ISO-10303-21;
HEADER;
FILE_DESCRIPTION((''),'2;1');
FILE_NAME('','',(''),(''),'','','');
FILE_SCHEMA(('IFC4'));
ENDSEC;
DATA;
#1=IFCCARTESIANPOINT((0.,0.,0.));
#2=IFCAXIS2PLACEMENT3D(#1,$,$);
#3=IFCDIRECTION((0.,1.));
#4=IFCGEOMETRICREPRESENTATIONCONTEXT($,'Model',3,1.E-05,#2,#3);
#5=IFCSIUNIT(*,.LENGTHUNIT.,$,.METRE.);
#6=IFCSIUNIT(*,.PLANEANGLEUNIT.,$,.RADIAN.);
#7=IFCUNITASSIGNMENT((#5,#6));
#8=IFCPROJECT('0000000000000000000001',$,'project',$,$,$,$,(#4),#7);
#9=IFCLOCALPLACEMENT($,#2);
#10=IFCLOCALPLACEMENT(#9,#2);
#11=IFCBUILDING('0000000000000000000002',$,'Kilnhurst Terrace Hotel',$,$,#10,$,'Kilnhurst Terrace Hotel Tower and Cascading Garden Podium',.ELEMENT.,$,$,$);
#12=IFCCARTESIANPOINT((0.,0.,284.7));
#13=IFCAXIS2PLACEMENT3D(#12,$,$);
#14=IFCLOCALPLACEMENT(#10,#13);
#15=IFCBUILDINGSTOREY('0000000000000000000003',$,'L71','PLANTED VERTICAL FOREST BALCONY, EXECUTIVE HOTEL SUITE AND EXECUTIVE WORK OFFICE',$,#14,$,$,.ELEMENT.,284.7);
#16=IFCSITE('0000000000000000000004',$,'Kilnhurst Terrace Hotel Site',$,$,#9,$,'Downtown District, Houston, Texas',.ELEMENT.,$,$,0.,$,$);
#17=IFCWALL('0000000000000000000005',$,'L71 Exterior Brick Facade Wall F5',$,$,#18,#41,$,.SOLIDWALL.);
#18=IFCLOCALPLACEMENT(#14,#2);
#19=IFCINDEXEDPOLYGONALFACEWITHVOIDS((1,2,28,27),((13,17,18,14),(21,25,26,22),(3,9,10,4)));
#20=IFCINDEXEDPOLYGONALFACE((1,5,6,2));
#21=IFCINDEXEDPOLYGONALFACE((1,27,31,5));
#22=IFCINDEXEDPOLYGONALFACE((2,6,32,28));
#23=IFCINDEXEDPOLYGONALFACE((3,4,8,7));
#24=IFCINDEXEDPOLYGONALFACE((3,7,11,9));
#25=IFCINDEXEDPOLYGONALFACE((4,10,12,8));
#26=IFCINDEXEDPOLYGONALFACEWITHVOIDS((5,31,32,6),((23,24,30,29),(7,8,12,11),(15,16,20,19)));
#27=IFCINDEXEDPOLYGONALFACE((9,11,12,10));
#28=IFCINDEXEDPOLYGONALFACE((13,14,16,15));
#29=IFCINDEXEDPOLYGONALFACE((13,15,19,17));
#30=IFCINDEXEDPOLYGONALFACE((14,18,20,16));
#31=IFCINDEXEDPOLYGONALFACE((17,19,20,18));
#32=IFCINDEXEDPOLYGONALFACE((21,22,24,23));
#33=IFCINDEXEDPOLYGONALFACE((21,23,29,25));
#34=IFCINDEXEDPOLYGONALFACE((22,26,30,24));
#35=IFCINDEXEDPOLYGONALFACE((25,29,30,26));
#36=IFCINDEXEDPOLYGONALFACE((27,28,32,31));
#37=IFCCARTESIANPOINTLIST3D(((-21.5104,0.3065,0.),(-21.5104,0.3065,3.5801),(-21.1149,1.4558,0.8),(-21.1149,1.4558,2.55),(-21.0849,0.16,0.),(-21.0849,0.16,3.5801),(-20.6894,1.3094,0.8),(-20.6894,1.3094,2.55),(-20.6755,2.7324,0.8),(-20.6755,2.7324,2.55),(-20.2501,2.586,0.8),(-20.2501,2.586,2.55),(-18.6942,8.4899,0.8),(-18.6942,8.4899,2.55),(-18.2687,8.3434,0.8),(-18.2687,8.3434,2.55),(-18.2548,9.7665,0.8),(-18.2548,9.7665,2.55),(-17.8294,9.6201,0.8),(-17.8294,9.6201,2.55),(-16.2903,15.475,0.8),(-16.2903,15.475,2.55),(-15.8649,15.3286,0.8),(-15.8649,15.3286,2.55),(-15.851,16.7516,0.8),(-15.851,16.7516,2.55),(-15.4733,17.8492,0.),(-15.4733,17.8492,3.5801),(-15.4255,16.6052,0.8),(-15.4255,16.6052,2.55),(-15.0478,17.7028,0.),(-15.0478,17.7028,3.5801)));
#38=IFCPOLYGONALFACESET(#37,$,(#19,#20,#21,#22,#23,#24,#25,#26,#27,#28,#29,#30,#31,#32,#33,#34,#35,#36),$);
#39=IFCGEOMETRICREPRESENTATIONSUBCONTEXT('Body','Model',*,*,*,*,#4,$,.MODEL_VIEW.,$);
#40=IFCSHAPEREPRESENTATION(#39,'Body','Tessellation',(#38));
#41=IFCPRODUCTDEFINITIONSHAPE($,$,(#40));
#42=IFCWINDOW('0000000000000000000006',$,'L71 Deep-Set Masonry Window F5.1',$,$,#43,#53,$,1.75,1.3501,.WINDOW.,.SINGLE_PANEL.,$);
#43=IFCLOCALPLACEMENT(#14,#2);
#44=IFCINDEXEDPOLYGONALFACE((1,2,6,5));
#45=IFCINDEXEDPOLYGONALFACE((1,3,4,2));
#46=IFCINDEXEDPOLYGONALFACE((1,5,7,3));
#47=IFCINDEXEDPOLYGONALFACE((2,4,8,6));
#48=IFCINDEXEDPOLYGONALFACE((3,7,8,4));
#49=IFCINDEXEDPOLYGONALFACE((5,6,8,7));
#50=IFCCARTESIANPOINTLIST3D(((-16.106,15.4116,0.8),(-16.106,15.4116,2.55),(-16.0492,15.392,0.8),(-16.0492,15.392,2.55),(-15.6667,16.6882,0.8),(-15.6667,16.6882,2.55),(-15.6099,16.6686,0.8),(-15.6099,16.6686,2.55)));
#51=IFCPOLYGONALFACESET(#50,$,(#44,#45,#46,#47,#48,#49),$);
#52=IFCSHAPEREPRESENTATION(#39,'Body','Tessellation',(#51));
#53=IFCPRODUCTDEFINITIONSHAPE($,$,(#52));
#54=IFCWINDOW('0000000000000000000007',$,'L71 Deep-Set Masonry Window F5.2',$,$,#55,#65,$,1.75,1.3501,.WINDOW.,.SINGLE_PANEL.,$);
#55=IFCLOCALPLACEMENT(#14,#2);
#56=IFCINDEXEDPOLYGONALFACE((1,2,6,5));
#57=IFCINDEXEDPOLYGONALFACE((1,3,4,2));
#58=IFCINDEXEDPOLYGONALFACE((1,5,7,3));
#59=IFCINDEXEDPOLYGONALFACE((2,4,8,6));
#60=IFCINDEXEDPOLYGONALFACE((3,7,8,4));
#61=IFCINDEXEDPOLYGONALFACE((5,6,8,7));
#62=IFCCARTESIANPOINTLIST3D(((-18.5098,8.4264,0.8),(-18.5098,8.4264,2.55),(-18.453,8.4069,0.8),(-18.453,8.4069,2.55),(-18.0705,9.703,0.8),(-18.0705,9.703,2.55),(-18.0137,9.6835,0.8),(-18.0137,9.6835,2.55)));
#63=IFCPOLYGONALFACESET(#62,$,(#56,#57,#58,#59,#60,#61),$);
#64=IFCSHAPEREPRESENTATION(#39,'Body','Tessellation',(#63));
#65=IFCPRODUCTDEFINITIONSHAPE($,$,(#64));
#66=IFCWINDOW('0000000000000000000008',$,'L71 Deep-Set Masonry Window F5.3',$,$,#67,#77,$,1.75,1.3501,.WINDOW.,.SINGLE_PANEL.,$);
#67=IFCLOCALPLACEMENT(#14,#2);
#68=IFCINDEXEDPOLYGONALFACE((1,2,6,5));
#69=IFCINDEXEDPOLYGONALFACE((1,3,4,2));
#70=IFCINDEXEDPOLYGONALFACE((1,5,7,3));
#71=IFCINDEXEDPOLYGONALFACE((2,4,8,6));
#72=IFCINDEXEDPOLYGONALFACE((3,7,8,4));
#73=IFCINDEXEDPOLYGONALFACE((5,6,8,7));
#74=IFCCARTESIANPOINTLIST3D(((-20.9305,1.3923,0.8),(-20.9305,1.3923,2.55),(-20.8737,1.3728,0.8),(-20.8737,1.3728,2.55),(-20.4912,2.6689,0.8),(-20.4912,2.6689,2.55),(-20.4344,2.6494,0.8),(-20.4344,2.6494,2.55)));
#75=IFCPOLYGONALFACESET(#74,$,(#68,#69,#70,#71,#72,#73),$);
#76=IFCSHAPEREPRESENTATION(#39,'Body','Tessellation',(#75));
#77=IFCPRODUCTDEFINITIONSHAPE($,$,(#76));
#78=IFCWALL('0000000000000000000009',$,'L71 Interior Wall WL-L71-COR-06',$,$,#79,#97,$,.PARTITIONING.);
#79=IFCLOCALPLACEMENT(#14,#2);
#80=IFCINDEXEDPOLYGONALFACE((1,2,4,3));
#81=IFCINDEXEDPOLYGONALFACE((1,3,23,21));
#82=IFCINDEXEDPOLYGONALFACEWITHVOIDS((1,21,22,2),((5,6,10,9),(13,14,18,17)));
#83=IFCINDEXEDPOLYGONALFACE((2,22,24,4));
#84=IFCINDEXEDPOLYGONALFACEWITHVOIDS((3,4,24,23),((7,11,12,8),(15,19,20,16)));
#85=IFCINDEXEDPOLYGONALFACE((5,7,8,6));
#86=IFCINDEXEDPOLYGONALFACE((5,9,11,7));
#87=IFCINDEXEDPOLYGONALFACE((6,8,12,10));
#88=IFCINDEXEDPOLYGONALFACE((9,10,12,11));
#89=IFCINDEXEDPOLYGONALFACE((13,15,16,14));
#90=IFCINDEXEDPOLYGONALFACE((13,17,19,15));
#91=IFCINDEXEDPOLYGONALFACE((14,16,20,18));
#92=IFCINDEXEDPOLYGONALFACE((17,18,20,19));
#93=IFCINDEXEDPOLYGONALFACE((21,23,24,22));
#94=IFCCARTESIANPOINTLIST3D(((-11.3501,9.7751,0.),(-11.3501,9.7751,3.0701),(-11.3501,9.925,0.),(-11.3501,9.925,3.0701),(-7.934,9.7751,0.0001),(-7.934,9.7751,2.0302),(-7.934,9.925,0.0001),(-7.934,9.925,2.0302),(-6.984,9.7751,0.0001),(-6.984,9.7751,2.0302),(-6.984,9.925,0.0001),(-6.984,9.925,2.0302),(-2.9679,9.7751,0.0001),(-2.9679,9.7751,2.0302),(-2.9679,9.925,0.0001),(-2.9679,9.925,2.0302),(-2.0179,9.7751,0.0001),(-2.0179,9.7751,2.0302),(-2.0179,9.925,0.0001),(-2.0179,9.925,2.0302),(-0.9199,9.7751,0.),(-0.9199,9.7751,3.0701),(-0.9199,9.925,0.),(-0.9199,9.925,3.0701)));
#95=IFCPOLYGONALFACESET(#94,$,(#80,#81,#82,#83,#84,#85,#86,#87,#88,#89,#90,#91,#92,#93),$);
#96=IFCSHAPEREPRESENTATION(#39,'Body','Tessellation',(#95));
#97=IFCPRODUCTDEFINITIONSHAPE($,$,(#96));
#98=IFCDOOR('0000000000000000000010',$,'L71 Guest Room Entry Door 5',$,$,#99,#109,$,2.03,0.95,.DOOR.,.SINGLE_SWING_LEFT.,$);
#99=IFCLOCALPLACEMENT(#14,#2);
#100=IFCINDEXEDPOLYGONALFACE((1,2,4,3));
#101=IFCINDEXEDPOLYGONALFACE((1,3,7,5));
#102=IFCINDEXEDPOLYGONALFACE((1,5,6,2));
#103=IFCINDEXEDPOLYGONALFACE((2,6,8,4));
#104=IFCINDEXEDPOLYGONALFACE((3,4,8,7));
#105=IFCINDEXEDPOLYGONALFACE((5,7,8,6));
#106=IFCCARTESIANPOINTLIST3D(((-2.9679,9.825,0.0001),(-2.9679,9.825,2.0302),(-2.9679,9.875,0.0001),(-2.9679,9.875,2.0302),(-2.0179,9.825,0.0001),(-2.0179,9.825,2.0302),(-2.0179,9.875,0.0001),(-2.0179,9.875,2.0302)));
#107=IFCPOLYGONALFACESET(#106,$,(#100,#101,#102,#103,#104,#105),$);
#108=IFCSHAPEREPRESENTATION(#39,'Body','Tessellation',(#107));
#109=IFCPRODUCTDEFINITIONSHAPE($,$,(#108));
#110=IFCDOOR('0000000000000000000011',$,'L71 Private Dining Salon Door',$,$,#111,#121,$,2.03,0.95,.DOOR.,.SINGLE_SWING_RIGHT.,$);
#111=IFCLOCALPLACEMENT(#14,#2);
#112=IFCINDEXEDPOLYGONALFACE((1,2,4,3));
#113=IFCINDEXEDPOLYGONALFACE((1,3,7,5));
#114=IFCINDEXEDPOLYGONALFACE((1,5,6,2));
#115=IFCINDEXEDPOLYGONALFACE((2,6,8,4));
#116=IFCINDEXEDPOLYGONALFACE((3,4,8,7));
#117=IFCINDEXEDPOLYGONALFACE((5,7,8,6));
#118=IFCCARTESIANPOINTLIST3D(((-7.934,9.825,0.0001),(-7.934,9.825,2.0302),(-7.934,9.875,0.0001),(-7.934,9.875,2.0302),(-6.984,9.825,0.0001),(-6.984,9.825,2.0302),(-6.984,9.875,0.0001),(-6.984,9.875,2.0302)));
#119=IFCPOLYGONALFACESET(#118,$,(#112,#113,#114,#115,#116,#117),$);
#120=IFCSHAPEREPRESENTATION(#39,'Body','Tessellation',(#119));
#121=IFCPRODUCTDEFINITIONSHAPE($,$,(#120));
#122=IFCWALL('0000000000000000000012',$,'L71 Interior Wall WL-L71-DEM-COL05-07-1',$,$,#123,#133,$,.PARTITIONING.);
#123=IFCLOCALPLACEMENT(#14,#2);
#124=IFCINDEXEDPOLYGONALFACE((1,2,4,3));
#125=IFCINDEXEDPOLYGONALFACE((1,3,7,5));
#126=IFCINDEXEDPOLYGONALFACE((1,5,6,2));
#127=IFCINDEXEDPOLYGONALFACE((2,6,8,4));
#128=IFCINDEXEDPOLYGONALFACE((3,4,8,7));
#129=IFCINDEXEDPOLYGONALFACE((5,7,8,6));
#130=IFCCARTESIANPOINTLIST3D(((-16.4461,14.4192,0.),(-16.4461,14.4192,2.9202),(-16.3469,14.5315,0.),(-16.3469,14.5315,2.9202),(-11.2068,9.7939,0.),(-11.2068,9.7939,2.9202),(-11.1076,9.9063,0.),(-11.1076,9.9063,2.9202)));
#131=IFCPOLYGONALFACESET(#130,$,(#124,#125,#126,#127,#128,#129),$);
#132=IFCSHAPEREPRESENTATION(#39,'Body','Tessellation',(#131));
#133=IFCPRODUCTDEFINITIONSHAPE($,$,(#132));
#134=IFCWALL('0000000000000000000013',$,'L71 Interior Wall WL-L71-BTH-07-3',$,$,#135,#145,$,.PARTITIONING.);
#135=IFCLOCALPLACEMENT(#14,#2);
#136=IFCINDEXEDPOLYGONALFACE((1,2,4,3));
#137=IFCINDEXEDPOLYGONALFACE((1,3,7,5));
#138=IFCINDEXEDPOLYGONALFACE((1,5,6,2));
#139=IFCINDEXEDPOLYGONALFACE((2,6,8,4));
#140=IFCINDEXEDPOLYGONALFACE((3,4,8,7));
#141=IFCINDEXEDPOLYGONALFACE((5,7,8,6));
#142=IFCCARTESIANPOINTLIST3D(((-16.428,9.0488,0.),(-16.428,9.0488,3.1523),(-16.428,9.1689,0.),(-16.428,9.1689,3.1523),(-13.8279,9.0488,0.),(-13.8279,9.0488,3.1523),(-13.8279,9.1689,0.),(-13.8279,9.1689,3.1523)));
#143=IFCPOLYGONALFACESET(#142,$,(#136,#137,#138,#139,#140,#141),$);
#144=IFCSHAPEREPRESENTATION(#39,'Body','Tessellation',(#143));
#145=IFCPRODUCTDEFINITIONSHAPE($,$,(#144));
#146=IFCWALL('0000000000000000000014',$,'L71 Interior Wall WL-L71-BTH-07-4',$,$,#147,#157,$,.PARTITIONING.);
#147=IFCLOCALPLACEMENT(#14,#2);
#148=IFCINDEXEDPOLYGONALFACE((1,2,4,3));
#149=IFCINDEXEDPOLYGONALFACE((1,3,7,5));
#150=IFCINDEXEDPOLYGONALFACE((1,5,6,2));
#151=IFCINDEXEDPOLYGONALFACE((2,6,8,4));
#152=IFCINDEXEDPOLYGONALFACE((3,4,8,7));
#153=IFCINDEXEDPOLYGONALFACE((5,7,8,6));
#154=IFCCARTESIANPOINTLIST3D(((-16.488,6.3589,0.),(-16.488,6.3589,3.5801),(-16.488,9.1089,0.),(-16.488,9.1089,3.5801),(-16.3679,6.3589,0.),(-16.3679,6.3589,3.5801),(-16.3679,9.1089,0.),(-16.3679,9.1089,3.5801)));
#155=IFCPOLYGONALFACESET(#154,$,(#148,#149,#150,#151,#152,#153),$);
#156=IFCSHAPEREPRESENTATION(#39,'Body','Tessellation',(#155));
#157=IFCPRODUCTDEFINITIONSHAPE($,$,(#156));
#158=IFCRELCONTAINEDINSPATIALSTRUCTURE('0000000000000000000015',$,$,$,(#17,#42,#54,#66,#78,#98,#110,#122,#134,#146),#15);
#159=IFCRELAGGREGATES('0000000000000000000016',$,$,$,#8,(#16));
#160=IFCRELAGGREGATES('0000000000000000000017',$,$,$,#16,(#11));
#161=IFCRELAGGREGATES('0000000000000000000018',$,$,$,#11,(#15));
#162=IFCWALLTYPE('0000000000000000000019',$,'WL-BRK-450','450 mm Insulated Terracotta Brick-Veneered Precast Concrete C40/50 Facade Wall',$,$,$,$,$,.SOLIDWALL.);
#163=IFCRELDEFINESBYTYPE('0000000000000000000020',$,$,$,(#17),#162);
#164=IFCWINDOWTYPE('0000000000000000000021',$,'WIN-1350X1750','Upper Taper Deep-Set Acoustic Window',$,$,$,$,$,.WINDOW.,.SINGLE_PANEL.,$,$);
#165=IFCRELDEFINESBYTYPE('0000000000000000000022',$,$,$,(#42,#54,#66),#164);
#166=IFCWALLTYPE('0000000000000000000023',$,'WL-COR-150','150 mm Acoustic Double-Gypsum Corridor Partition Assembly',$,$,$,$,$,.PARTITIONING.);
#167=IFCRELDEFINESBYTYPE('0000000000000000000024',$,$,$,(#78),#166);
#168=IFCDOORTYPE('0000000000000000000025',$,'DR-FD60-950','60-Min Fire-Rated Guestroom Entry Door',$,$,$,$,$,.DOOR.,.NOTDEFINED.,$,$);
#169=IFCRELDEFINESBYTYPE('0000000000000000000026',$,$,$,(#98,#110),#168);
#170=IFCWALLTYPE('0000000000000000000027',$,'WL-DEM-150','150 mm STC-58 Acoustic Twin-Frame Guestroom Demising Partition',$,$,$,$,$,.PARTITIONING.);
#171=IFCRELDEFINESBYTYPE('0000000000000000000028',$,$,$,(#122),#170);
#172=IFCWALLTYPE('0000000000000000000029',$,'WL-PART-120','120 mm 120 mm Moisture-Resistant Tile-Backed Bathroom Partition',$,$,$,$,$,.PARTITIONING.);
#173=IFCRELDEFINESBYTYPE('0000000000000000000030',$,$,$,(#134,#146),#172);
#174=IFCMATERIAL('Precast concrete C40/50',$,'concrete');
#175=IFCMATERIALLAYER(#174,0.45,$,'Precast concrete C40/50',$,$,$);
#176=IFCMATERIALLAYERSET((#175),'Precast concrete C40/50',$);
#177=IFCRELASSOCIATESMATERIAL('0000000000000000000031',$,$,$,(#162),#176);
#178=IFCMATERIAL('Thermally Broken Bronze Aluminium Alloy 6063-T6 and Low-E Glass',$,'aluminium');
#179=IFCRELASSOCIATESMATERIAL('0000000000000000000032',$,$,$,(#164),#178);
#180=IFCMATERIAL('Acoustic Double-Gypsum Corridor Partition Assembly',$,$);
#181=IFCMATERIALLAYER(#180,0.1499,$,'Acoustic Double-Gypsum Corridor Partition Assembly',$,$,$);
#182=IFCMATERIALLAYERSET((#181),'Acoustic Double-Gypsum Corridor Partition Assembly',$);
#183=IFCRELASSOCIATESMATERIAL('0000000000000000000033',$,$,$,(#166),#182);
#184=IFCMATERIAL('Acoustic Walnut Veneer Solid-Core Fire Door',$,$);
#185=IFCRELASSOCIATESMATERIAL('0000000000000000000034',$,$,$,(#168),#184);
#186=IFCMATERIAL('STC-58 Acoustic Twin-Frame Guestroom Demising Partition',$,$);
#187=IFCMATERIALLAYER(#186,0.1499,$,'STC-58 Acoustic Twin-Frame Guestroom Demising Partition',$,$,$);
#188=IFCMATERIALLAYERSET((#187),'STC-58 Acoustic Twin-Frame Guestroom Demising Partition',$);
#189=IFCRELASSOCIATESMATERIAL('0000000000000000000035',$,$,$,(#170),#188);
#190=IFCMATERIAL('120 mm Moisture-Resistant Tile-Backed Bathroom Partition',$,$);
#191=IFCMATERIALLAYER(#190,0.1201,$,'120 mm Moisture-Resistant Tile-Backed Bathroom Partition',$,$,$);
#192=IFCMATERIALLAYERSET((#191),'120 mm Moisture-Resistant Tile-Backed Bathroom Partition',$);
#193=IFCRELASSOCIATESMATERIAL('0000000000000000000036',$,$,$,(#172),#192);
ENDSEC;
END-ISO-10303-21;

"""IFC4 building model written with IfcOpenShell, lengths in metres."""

from ifc_helpers import new_model, si_unit, direction, frame, frame_2d, origin, place, context, subcontext, project, spatial, rectangle, extrude, material, layer, layer_set, type_object, element, fill, save


model = new_model("IFC4")

# Units and contexts
model_context = context("Model", 3, precision=1e-05, world=origin(), true_north=direction((0.0, 1.0)))
body_context = subcontext(model_context, "Body", "Model", "MODEL_VIEW")
ifc_project = project(units=[si_unit("LENGTHUNIT", "METRE"), si_unit("PLANEANGLEUNIT", "RADIAN")], contexts=[model_context])

# Site, building, storey
site_placement = place(None, origin())
site = spatial("IfcSite", under=ifc_project, at=site_placement, Name="Kilnhurst Terrace Hotel Site", LongName="Downtown District, Houston, Texas", CompositionType="ELEMENT", RefElevation=0.0)
building_placement = place(site_placement, origin())
building = spatial("IfcBuilding", under=site, at=building_placement, Name="Kilnhurst Terrace Hotel", LongName="Kilnhurst Terrace Hotel Tower and Cascading Garden Podium", CompositionType="ELEMENT")
storey_placement = place(building_placement, frame((0.0, 0.0, 284.7)))
storey = spatial("IfcBuildingStorey", under=building, at=storey_placement, Name="L71", Description="PLANTED VERTICAL FOREST BALCONY, EXECUTIVE HOTEL SUITE AND EXECUTIVE WORK OFFICE", CompositionType="ELEMENT", Elevation=284.7)

# Shared definitions
ifc_material_1 = material(Name="Precast concrete C40/50", Category="concrete")
ifc_layer_1 = layer(ifc_material_1, 0.45, Name="Precast concrete C40/50")
ifc_layer_set_1 = layer_set([ifc_layer_1], Name="Precast concrete C40/50")
wall_type_1 = type_object("IfcWallType", Name="WL-BRK-450", Description="450 mm Insulated Terracotta Brick-Veneered Precast Concrete C40/50 Facade Wall", PredefinedType="SOLIDWALL", material=ifc_layer_set_1)

# Wall, openings, windows
wall_1_placement = place(storey_placement, frame((-15.2605, 17.7761, 0.0), z_axis=(0.0, 0.0, 1.0), x_axis=(-0.325407, -0.945574, 0.0)))
wall_1 = element("IfcWall", 1, at=wall_1_placement, inside=storey, type_object=wall_type_1, Name="L71 Exterior Brick Facade Wall F5", PredefinedType="SOLIDWALL", context=body_context, shape_type="SweptSolid", body=[
    extrude(rectangle(XDim=18.5525, YDim=0.45, at=frame_2d((9.2764, 0.0))), origin(), (0.0, 0.0, 1.0), 3.5801),
])
opening_1_placement = place(wall_1_placement, frame((1.1609, 0.0, 0.8)))
opening_1 = element("IfcOpeningElement", 2, at=opening_1_placement, cuts=wall_1, PredefinedType="OPENING", context=body_context, shape_type="SweptSolid", body=[
    extrude(rectangle(XDim=1.3501, YDim=1.75, at=frame_2d((0.675, 0.875))), frame((0.0, 0.2349, 0.0), z_axis=(0.0, -1.0, 0.0), x_axis=(1.0, 0.0, 0.0)), (0.0, 0.0, 1.0), 0.47),
])
opening_2_placement = place(wall_1_placement, frame((8.5481, 0.0, 0.8)))
opening_2 = element("IfcOpeningElement", 3, at=opening_2_placement, cuts=wall_1, PredefinedType="OPENING", context=body_context, shape_type="SweptSolid", body=[
    extrude(rectangle(XDim=1.3501, YDim=1.75, at=frame_2d((0.675, 0.875))), frame((0.0, 0.2349, 0.0), z_axis=(0.0, -1.0, 0.0), x_axis=(1.0, 0.0, 0.0)), (0.0, 0.0, 1.0), 0.47),
])
opening_3_placement = place(wall_1_placement, frame((15.9871, 0.0, 0.8)))
opening_3 = element("IfcOpeningElement", 4, at=opening_3_placement, cuts=wall_1, PredefinedType="OPENING", context=body_context, shape_type="SweptSolid", body=[
    extrude(rectangle(XDim=1.3501, YDim=1.75, at=frame_2d((0.675, 0.875))), frame((0.0, 0.2349, 0.0), z_axis=(0.0, -1.0, 0.0), x_axis=(1.0, 0.0, 0.0)), (0.0, 0.0, 1.0), 0.47),
])
ifc_material_2 = material(Name="Thermally Broken Bronze Aluminium Alloy 6063-T6 and Low-E Glass", Category="aluminium")
window_type = type_object("IfcWindowType", Name="WIN-1350X1750", Description="Upper Taper Deep-Set Acoustic Window", PartitioningType="SINGLE_PANEL", PredefinedType="WINDOW", material=ifc_material_2)
window_1_placement = place(opening_1_placement, origin())
window_1 = element("IfcWindow", 5, at=window_1_placement, inside=storey, type_object=window_type, Name="L71 Deep-Set Masonry Window F5.1", OverallHeight=1.75, OverallWidth=1.3501, PartitioningType="SINGLE_PANEL", PredefinedType="WINDOW", context=body_context, shape_type="SweptSolid", body=[
    extrude(rectangle(XDim=1.3501, YDim=1.75, at=frame_2d((0.675, 0.875))), frame((0.0, 0.03, 0.0), z_axis=(0.0, -1.0, 0.0), x_axis=(1.0, 0.0, 0.0)), (0.0, 0.0, 1.0), 0.0601),
])
fill(opening_1, window_1)
window_2_placement = place(opening_2_placement, origin())
window_2 = element("IfcWindow", 6, at=window_2_placement, inside=storey, type_object=window_type, Name="L71 Deep-Set Masonry Window F5.2", OverallHeight=1.75, OverallWidth=1.3501, PartitioningType="SINGLE_PANEL", PredefinedType="WINDOW", context=body_context, shape_type="SweptSolid", body=[
    extrude(rectangle(XDim=1.3501, YDim=1.75, at=frame_2d((0.675, 0.875))), frame((0.0, 0.03, 0.0), z_axis=(0.0, -1.0, 0.0), x_axis=(1.0, 0.0, 0.0)), (0.0, 0.0, 1.0), 0.0601),
])
fill(opening_2, window_2)
window_3_placement = place(opening_3_placement, origin())
window_3 = element("IfcWindow", 7, at=window_3_placement, inside=storey, type_object=window_type, Name="L71 Deep-Set Masonry Window F5.3", OverallHeight=1.75, OverallWidth=1.3501, PartitioningType="SINGLE_PANEL", PredefinedType="WINDOW", context=body_context, shape_type="SweptSolid", body=[
    extrude(rectangle(XDim=1.3501, YDim=1.75, at=frame_2d((0.675, 0.875))), frame((0.0, 0.03, 0.0), z_axis=(0.0, -1.0, 0.0), x_axis=(1.0, 0.0, 0.0)), (0.0, 0.0, 1.0), 0.0601),
])
fill(opening_3, window_3)

# Wall, openings, doors
ifc_material_3 = material(Name="Acoustic Double-Gypsum Corridor Partition Assembly")
ifc_layer_2 = layer(ifc_material_3, 0.1499, Name="Acoustic Double-Gypsum Corridor Partition Assembly")
ifc_layer_set_2 = layer_set([ifc_layer_2], Name="Acoustic Double-Gypsum Corridor Partition Assembly")
wall_type_2 = type_object("IfcWallType", Name="WL-COR-150", Description="150 mm Acoustic Double-Gypsum Corridor Partition Assembly", PredefinedType="PARTITIONING", material=ifc_layer_set_2)
wall_2_placement = place(storey_placement, frame((-11.3501, 9.8501, 0.0), z_axis=(0.0, 0.0, 1.0), x_axis=(1.0, 0.0, 0.0)))
wall_2 = element("IfcWall", 8, at=wall_2_placement, inside=storey, type_object=wall_type_2, Name="L71 Interior Wall WL-L71-COR-06", PredefinedType="PARTITIONING", context=body_context, shape_type="SweptSolid", body=[
    extrude(rectangle(XDim=10.4302, YDim=0.1499, at=frame_2d((5.2151, 0.0))), origin(), (0.0, 0.0, 1.0), 3.0701),
])
opening_4_placement = place(wall_2_placement, frame((8.3821, 0.0, 0.0)))
opening_4 = element("IfcOpeningElement", 9, at=opening_4_placement, cuts=wall_2, PredefinedType="OPENING", context=body_context, shape_type="SweptSolid", body=[
    extrude(rectangle(XDim=0.95, YDim=2.03, at=frame_2d((0.4751, 1.0151))), frame((0.0, 0.085, 0.0), z_axis=(0.0, -1.0, 0.0), x_axis=(1.0, 0.0, 0.0)), (0.0, 0.0, 1.0), 0.1699),
])
opening_5_placement = place(wall_2_placement, frame((3.416, 0.0, 0.0)))
opening_5 = element("IfcOpeningElement", 10, at=opening_5_placement, cuts=wall_2, PredefinedType="OPENING", context=body_context, shape_type="SweptSolid", body=[
    extrude(rectangle(XDim=0.95, YDim=2.03, at=frame_2d((0.4751, 1.0151))), frame((0.0, 0.085, 0.0), z_axis=(0.0, -1.0, 0.0), x_axis=(1.0, 0.0, 0.0)), (0.0, 0.0, 1.0), 0.1699),
])
ifc_material_4 = material(Name="Acoustic Walnut Veneer Solid-Core Fire Door")
door_type = type_object("IfcDoorType", Name="DR-FD60-950", Description="60-Min Fire-Rated Guestroom Entry Door", OperationType="NOTDEFINED", PredefinedType="DOOR", material=ifc_material_4)
door_1_placement = place(opening_4_placement, origin())
door_1 = element("IfcDoor", 11, at=door_1_placement, inside=storey, type_object=door_type, Name="L71 Guest Room Entry Door 5", OperationType="SINGLE_SWING_LEFT", OverallHeight=2.03, OverallWidth=0.95, PredefinedType="DOOR", context=body_context, shape_type="SweptSolid", body=[
    extrude(rectangle(XDim=0.95, YDim=2.03, at=frame_2d((0.4751, 1.0151))), frame((0.0, 0.0249, 0.0), z_axis=(0.0, -1.0, 0.0), x_axis=(1.0, 0.0, 0.0)), (0.0, 0.0, 1.0), 0.05),
])
fill(opening_4, door_1)
door_2_placement = place(opening_5_placement, origin())
door_2 = element("IfcDoor", 12, at=door_2_placement, inside=storey, type_object=door_type, Name="L71 Private Dining Salon Door", OperationType="SINGLE_SWING_RIGHT", OverallHeight=2.03, OverallWidth=0.95, PredefinedType="DOOR", context=body_context, shape_type="SweptSolid", body=[
    extrude(rectangle(XDim=0.95, YDim=2.03, at=frame_2d((0.4751, 1.0151))), frame((0.0, 0.0249, 0.0), z_axis=(0.0, -1.0, 0.0), x_axis=(1.0, 0.0, 0.0)), (0.0, 0.0, 1.0), 0.05),
])
fill(opening_5, door_2)

# Walls
ifc_material_5 = material(Name="STC-58 Acoustic Twin-Frame Guestroom Demising Partition")
ifc_layer_3 = layer(ifc_material_5, 0.1499, Name="STC-58 Acoustic Twin-Frame Guestroom Demising Partition")
ifc_layer_set_3 = layer_set([ifc_layer_3], Name="STC-58 Acoustic Twin-Frame Guestroom Demising Partition")
wall_type_3 = type_object("IfcWallType", Name="WL-DEM-150", Description="150 mm STC-58 Acoustic Twin-Frame Guestroom Demising Partition", PredefinedType="PARTITIONING", material=ifc_layer_set_3)
wall_3_placement = place(storey_placement, frame((-11.1572, 9.8501, 0.0), z_axis=(0.0, 0.0, 1.0), x_axis=(-0.74967, 0.661812, 0.0)))
element("IfcWall", 13, at=wall_3_placement, inside=storey, type_object=wall_type_3, Name="L71 Interior Wall WL-L71-DEM-COL05-07-1", PredefinedType="PARTITIONING", context=body_context, shape_type="SweptSolid", body=[
    extrude(rectangle(XDim=6.9888, YDim=0.1499, at=frame_2d((3.4944, 0.0))), origin(), (0.0, 0.0, 1.0), 2.9202),
])
ifc_material_6 = material(Name="120 mm Moisture-Resistant Tile-Backed Bathroom Partition")
ifc_layer_4 = layer(ifc_material_6, 0.1201, Name="120 mm Moisture-Resistant Tile-Backed Bathroom Partition")
ifc_layer_set_4 = layer_set([ifc_layer_4], Name="120 mm Moisture-Resistant Tile-Backed Bathroom Partition")
wall_type_4 = type_object("IfcWallType", Name="WL-PART-120", Description="120 mm 120 mm Moisture-Resistant Tile-Backed Bathroom Partition", PredefinedType="PARTITIONING", material=ifc_layer_set_4)
wall_4_placement = place(storey_placement, frame((-13.8279, 9.1089, 0.0), z_axis=(0.0, 0.0, 1.0), x_axis=(-1.0, 0.0, 0.0)))
element("IfcWall", 14, at=wall_4_placement, inside=storey, type_object=wall_type_4, Name="L71 Interior Wall WL-L71-BTH-07-3", PredefinedType="PARTITIONING", context=body_context, shape_type="SweptSolid", body=[
    extrude(rectangle(XDim=2.6001, YDim=0.1201, at=frame_2d((1.3, 0.0))), origin(), (0.0, 0.0, 1.0), 3.1523),
])
wall_5_placement = place(storey_placement, frame((-16.428, 9.1089, 0.0), z_axis=(0.0, 0.0, 1.0), x_axis=(0.0, -1.0, 0.0)))
element("IfcWall", 15, at=wall_5_placement, inside=storey, type_object=wall_type_4, Name="L71 Interior Wall WL-L71-BTH-07-4", PredefinedType="PARTITIONING", context=body_context, shape_type="SweptSolid", body=[
    extrude(rectangle(XDim=2.75, YDim=0.1201, at=frame_2d((1.375, 0.0))), origin(), (0.0, 0.0, 1.0), 3.5801),
])

save(model, "model.ifc")
